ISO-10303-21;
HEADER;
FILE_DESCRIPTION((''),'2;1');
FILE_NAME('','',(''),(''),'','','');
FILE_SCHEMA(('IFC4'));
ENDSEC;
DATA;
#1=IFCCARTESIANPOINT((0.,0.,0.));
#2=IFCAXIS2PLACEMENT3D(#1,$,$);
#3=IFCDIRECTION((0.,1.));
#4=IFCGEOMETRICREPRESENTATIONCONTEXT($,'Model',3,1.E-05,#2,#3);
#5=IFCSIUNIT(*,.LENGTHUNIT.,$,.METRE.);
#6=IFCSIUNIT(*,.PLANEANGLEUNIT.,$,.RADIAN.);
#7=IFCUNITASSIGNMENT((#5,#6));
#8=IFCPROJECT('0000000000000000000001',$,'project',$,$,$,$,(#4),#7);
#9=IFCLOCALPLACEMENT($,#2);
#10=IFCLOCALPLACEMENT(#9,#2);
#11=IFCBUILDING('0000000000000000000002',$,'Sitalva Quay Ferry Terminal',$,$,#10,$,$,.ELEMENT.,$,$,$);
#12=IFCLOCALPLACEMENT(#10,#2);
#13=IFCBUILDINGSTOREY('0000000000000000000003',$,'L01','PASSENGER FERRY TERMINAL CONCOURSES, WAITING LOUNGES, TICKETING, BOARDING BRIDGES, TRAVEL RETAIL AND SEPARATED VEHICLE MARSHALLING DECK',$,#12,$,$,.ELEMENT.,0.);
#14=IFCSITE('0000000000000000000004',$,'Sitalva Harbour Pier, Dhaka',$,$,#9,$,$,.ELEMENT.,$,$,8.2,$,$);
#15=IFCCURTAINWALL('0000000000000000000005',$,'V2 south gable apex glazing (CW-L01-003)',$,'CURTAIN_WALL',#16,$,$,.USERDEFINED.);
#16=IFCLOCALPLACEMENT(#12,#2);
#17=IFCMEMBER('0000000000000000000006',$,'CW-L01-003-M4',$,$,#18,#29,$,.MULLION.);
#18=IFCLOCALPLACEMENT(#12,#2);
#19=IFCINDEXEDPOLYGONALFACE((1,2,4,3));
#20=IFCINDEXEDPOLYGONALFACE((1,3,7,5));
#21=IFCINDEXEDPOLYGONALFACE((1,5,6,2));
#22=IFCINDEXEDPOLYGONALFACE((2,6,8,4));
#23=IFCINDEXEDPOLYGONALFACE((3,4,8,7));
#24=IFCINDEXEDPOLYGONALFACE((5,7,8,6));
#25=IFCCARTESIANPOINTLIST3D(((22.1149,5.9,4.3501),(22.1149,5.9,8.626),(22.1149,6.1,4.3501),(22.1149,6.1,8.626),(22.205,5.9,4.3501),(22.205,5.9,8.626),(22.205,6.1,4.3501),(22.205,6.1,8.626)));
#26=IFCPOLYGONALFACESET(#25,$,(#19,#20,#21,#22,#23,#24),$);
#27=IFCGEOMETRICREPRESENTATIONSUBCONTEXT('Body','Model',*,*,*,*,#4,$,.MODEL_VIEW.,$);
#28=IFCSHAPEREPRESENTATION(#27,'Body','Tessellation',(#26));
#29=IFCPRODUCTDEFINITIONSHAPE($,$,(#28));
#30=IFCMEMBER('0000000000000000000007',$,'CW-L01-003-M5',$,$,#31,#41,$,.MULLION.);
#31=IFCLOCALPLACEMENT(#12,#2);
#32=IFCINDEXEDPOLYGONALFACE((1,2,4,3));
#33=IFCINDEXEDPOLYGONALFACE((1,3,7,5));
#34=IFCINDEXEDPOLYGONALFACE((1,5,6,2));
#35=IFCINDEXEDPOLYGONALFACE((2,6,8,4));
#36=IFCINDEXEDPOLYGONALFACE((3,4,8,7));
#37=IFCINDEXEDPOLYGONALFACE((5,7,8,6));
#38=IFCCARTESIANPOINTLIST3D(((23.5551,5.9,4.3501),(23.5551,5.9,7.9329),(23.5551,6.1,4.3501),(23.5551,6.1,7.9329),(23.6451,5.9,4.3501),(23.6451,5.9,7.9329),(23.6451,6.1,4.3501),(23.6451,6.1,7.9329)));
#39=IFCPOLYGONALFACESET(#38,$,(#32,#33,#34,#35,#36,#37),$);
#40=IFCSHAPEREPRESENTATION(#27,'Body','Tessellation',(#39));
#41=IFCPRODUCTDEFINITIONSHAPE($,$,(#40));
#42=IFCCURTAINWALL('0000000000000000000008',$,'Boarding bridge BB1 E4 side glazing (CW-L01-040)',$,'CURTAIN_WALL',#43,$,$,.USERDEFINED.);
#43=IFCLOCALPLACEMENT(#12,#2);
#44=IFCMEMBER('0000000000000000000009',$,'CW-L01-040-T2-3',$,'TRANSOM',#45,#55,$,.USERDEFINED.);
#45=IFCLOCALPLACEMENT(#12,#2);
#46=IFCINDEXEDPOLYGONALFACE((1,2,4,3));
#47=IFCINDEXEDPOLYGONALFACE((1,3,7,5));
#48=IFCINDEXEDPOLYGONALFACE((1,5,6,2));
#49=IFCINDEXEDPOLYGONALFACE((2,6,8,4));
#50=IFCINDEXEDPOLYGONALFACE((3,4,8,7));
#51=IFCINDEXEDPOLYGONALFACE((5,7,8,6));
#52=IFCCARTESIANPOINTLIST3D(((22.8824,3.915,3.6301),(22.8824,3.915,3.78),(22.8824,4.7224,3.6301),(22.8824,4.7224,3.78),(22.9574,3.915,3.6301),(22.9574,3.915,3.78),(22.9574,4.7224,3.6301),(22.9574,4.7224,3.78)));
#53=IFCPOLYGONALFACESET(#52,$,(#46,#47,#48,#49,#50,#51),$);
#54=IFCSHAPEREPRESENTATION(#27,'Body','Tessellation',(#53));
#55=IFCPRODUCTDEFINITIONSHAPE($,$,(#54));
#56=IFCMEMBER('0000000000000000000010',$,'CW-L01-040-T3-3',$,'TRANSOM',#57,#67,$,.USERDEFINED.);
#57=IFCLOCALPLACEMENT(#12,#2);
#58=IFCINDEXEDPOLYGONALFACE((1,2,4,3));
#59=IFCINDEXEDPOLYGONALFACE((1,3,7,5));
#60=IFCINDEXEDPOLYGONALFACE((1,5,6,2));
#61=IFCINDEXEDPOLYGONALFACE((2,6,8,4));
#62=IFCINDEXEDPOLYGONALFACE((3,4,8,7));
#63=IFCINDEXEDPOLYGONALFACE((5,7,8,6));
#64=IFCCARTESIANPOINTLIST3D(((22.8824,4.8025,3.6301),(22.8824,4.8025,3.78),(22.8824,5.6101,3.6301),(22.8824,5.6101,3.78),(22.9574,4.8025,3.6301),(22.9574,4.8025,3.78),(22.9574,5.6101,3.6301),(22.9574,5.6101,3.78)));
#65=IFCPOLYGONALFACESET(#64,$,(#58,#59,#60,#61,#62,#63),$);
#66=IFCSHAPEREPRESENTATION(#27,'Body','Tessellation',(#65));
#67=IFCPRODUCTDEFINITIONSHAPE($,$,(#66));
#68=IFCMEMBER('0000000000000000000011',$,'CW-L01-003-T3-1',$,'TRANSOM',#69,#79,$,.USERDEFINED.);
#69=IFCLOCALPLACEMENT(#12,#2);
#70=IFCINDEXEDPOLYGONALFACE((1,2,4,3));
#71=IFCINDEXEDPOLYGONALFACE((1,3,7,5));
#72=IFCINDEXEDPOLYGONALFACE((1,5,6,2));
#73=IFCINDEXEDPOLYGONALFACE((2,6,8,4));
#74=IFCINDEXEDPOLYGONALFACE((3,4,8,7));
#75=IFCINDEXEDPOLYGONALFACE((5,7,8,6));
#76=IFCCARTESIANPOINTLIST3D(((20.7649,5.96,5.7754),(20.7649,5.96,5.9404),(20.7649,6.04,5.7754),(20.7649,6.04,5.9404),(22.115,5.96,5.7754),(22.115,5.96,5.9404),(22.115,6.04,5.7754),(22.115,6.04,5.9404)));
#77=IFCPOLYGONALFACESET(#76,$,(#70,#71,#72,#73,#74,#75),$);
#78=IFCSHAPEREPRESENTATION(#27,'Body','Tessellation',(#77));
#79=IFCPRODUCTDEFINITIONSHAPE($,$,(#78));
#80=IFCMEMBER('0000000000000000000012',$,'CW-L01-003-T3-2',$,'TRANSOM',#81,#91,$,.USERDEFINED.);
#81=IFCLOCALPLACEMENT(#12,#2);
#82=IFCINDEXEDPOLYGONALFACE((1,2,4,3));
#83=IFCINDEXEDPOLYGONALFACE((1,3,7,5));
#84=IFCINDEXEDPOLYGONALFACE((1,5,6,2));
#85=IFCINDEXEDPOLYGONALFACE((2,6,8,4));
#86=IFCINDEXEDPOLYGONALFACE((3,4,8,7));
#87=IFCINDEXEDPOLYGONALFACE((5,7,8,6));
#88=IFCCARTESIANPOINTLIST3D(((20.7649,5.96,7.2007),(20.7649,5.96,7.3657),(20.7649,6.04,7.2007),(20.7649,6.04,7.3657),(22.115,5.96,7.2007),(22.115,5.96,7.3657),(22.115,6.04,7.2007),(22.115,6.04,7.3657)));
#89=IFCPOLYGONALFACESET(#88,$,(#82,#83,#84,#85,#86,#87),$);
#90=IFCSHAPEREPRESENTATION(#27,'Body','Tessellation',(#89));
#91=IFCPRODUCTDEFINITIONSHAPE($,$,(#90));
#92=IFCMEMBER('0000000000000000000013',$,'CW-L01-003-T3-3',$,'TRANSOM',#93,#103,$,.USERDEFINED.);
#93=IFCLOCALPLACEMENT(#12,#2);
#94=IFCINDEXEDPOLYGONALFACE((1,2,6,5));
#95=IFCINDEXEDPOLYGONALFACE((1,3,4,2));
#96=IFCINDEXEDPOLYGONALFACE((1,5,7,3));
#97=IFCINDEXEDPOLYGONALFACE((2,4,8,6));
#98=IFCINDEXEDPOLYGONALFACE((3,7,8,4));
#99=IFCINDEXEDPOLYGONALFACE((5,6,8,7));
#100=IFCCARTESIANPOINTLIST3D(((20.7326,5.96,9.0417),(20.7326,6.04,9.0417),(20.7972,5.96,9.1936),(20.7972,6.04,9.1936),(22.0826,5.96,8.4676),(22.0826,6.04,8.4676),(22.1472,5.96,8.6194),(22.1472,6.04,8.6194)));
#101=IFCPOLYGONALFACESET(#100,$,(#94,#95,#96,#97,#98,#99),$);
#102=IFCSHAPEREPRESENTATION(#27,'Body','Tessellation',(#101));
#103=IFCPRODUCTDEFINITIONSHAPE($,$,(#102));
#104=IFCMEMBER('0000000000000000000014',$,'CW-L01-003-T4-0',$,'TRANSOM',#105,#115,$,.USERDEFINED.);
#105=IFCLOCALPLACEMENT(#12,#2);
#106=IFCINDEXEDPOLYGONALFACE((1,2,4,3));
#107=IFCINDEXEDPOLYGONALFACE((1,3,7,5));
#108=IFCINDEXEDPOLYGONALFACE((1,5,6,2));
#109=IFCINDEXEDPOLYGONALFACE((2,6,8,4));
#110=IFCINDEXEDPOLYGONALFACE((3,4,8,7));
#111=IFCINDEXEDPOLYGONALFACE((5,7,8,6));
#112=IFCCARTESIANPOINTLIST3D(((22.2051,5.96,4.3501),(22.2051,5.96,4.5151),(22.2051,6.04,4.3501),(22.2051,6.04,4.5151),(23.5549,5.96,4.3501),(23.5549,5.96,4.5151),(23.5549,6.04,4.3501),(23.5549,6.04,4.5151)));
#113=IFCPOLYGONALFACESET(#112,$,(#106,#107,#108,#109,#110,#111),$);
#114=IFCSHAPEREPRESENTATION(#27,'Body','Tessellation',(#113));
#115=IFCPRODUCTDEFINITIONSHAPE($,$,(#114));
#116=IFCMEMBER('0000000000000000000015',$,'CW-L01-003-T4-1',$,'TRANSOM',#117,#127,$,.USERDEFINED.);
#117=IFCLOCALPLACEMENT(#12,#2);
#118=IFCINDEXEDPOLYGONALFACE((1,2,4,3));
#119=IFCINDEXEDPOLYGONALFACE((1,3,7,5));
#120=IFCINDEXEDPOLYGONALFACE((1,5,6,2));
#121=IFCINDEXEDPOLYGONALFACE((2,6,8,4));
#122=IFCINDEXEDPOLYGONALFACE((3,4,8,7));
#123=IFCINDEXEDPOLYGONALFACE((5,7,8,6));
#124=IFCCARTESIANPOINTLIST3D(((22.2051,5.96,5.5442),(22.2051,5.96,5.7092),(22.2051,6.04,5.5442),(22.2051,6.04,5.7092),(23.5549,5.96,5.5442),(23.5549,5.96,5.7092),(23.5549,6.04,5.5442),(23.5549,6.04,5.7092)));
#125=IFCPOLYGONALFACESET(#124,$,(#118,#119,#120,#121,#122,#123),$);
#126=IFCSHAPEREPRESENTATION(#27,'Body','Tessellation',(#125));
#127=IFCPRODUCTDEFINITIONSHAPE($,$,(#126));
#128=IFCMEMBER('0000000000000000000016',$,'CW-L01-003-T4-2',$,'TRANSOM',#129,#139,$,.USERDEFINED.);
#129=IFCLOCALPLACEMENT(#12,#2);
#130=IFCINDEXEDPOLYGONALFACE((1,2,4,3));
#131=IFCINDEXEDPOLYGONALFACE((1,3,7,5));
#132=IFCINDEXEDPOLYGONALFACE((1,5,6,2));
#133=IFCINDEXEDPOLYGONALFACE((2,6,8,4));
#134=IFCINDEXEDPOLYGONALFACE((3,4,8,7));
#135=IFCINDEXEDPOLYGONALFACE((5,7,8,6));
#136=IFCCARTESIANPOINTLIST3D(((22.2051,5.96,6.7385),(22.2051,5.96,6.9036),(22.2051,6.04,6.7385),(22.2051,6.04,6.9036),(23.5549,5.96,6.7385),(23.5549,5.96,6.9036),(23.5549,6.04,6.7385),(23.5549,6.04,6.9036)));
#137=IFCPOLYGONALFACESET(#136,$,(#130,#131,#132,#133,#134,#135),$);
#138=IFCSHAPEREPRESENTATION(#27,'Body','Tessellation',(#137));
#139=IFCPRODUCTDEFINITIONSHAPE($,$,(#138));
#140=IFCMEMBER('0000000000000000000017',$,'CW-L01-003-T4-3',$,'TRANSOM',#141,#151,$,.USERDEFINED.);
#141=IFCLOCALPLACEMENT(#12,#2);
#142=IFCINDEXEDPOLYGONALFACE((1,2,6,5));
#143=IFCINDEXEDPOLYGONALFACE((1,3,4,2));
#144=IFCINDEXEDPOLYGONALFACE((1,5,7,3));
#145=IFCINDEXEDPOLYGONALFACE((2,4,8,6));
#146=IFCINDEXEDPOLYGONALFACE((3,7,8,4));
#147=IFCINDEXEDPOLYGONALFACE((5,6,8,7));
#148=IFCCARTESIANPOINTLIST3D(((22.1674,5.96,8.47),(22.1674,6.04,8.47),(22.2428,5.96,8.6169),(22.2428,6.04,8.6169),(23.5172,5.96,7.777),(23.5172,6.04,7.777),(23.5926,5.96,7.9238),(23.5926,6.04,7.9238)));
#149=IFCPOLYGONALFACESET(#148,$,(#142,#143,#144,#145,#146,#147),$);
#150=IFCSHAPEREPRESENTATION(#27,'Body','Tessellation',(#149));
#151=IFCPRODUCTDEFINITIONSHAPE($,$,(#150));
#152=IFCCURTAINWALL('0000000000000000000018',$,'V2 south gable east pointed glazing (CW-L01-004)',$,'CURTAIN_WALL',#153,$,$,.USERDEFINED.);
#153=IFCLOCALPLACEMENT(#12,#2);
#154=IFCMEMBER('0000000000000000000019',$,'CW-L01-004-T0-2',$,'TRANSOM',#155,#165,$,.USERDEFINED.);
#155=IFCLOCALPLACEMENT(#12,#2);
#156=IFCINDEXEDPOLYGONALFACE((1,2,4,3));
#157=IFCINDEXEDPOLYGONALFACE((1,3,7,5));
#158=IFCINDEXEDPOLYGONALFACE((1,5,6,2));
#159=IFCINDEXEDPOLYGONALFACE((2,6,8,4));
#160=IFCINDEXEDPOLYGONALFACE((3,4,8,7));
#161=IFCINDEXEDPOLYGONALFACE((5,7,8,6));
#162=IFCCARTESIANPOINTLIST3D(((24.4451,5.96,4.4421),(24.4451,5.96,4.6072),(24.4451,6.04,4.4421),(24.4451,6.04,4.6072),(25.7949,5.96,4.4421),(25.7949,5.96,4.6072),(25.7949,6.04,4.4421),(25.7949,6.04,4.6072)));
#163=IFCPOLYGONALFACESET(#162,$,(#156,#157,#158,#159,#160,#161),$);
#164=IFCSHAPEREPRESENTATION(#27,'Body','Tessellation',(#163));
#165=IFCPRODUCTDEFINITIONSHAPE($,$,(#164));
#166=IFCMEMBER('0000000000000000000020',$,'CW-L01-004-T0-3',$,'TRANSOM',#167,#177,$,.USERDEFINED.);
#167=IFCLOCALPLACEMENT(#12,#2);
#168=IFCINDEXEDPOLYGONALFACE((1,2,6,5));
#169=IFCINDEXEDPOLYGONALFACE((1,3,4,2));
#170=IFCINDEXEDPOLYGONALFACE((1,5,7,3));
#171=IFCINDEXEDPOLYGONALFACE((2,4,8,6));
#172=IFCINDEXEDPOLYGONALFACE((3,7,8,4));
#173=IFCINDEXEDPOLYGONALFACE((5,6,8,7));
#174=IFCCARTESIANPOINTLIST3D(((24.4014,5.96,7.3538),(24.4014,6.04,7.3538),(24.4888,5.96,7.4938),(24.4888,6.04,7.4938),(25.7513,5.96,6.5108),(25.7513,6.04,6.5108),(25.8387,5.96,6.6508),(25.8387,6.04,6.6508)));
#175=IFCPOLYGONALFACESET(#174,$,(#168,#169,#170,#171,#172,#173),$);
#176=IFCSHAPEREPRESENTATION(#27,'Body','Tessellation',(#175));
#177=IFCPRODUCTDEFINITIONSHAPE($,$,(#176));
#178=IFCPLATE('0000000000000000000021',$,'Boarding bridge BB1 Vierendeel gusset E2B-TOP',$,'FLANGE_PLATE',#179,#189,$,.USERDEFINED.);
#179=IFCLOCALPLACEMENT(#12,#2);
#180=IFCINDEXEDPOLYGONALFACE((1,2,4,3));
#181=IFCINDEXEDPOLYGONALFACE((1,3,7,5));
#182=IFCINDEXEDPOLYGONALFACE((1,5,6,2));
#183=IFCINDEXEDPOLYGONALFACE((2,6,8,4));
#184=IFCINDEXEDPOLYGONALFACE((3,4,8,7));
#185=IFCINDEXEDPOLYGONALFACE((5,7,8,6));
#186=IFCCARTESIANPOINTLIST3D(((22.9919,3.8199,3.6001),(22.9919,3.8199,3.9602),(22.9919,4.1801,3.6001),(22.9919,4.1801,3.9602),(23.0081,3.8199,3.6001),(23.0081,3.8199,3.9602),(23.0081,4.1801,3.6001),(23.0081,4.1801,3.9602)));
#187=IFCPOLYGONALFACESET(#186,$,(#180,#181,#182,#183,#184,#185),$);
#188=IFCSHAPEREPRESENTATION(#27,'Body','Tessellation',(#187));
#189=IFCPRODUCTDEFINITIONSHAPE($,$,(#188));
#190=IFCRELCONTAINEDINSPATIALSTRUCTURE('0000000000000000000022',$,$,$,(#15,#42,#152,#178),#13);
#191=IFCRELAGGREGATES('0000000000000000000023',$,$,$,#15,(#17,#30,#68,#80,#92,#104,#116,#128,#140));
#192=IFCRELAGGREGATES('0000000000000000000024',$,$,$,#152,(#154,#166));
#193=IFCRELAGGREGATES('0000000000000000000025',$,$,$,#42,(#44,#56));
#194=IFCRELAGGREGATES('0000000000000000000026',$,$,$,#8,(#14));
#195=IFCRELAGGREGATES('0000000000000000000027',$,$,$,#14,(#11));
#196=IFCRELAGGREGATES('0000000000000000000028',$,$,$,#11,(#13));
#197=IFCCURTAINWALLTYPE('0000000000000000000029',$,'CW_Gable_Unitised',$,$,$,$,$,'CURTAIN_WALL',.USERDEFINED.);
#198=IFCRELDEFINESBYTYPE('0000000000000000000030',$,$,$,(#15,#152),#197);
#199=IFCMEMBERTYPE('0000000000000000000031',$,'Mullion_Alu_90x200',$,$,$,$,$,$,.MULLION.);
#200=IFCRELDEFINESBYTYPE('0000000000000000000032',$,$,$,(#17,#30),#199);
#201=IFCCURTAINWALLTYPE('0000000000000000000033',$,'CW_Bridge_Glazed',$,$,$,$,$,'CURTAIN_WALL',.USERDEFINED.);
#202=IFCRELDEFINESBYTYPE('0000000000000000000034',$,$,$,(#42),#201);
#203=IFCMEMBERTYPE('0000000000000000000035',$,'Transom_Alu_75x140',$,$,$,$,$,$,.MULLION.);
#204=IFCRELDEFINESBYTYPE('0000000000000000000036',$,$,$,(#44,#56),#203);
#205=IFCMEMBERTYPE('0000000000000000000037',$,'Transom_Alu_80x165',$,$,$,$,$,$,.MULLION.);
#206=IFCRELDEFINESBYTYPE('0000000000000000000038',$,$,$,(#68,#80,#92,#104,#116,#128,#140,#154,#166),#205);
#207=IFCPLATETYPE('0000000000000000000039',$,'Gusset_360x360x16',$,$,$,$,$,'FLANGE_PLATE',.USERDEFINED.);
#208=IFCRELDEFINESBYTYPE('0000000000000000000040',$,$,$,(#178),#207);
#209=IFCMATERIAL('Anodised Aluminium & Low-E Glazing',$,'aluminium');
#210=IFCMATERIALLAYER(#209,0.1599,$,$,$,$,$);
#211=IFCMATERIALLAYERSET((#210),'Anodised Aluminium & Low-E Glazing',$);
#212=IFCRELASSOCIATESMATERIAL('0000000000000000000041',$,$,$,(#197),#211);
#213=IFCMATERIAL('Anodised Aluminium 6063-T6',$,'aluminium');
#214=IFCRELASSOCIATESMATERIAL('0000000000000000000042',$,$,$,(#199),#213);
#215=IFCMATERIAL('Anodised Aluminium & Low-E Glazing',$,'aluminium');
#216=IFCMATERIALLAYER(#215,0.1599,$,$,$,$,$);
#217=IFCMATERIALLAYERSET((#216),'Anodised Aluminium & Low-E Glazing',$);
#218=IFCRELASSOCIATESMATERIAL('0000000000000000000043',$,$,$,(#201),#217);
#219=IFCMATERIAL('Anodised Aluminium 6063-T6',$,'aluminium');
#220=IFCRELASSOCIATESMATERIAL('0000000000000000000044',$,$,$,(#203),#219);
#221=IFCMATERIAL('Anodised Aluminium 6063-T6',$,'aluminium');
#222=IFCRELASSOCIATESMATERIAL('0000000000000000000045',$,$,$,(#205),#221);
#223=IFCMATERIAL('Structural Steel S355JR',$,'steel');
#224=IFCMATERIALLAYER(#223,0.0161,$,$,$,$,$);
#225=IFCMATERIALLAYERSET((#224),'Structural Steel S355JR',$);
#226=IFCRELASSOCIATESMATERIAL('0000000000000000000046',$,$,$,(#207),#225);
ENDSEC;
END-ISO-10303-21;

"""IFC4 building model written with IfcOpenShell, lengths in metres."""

from ifc_helpers import new_model, si_unit, direction, frame, origin, origin_2d, place, context, subcontext, project, spatial, rectangle, extrude, material, layer, layer_set, material_profile, profile_set, type_object, element, aggregate, save


model = new_model("IFC4")

# Units and contexts
model_context = context("Model", 3, precision=1e-05, world=origin(), true_north=direction((0.0, 1.0)))
body_context = subcontext(model_context, "Body", "Model", "MODEL_VIEW")
ifc_project = project(units=[si_unit("LENGTHUNIT", "METRE"), si_unit("PLANEANGLEUNIT", "RADIAN")], contexts=[model_context])

# Site, building, storey
site_placement = place(None, origin())
site = spatial("IfcSite", under=ifc_project, at=site_placement, Name="Sitalva Harbour Pier, Dhaka", CompositionType="ELEMENT", RefElevation=8.2)
building_placement = place(site_placement, origin())
building = spatial("IfcBuilding", under=site, at=building_placement, Name="Sitalva Quay Ferry Terminal", CompositionType="ELEMENT")
storey_placement = place(building_placement, origin())
storey = spatial("IfcBuildingStorey", under=building, at=storey_placement, Name="L01", Description="PASSENGER FERRY TERMINAL CONCOURSES, WAITING LOUNGES, TICKETING, BOARDING BRIDGES, TRAVEL RETAIL AND SEPARATED VEHICLE MARSHALLING DECK", CompositionType="ELEMENT", Elevation=0.0)

# Curtain walls, members
ifc_material_1 = material(Name="Anodised Aluminium & Low-E Glazing", Category="aluminium")
ifc_layer_1 = layer(ifc_material_1, 0.1599)
ifc_layer_set_1 = layer_set([ifc_layer_1], Name="Anodised Aluminium & Low-E Glazing")
curtain_wall_type_1 = type_object("IfcCurtainWallType", Name="CW_Gable_Unitised", ElementType="CURTAIN_WALL", PredefinedType="USERDEFINED", material=ifc_layer_set_1)
curtain_wall_1_placement = place(storey_placement, origin())
curtain_wall_1 = element("IfcCurtainWall", 1, at=curtain_wall_1_placement, inside=storey, type_object=curtain_wall_type_1, Name="V2 south gable apex glazing (CW-L01-003)", ObjectType="CURTAIN_WALL", PredefinedType="USERDEFINED")
ifc_material_2 = material(Name="Anodised Aluminium 6063-T6", Category="aluminium")
ifc_material_profile_1 = material_profile(ifc_material_2, rectangle(XDim=0.0901, YDim=0.2, at=origin_2d()), Name="ALU90x200")
ifc_profile_set_1 = profile_set([ifc_material_profile_1], Name="Anodised Aluminium 6063-T6")
member_type_1 = type_object("IfcMemberType", Name="Mullion_Alu_90x200", PredefinedType="MULLION", material=ifc_profile_set_1)
member_1_placement = place(storey_placement, frame((22.1599, 6.0, 4.3501), z_axis=(0.0, 0.0, 1.0), x_axis=(1.0, 0.0, 0.0)))
member_1 = element("IfcMember", 2, at=member_1_placement, type_object=member_type_1, Name="CW-L01-003-M4", PredefinedType="MULLION", context=body_context, shape_type="SweptSolid", body=[
    extrude(rectangle(XDim=0.0901, YDim=0.2, at=origin_2d()), origin(), (0.0, 0.0, 1.0), 4.2759),
])
member_2_placement = place(storey_placement, frame((23.6001, 6.0, 4.3501), z_axis=(0.0, 0.0, 1.0), x_axis=(1.0, 0.0, 0.0)))
member_2 = element("IfcMember", 3, at=member_2_placement, type_object=member_type_1, Name="CW-L01-003-M5", PredefinedType="MULLION", context=body_context, shape_type="SweptSolid", body=[
    extrude(rectangle(XDim=0.0901, YDim=0.2, at=origin_2d()), origin(), (0.0, 0.0, 1.0), 3.5828),
])
ifc_material_3 = material(Name="Anodised Aluminium & Low-E Glazing", Category="aluminium")
ifc_layer_2 = layer(ifc_material_3, 0.1599)
ifc_layer_set_2 = layer_set([ifc_layer_2], Name="Anodised Aluminium & Low-E Glazing")
curtain_wall_type_2 = type_object("IfcCurtainWallType", Name="CW_Bridge_Glazed", ElementType="CURTAIN_WALL", PredefinedType="USERDEFINED", material=ifc_layer_set_2)
curtain_wall_2_placement = place(storey_placement, origin())
curtain_wall_2 = element("IfcCurtainWall", 4, at=curtain_wall_2_placement, inside=storey, type_object=curtain_wall_type_2, Name="Boarding bridge BB1 E4 side glazing (CW-L01-040)", ObjectType="CURTAIN_WALL", PredefinedType="USERDEFINED")
ifc_material_4 = material(Name="Anodised Aluminium 6063-T6", Category="aluminium")
ifc_material_profile_2 = material_profile(ifc_material_4, rectangle(XDim=0.075, YDim=0.1499, at=origin_2d()), Name="ALU75x150")
ifc_profile_set_2 = profile_set([ifc_material_profile_2], Name="Anodised Aluminium 6063-T6")
member_type_2 = type_object("IfcMemberType", Name="Transom_Alu_75x140", PredefinedType="MULLION", material=ifc_profile_set_2)
member_3_placement = place(storey_placement, frame((22.9199, 3.915, 3.7051), z_axis=(0.0, 1.0, 0.0), x_axis=(-1.0, 0.0, 0.0)))
member_3 = element("IfcMember", 5, at=member_3_placement, type_object=member_type_2, Name="CW-L01-040-T2-3", ObjectType="TRANSOM", PredefinedType="USERDEFINED", context=body_context, shape_type="SweptSolid", body=[
    extrude(rectangle(XDim=0.075, YDim=0.1499, at=origin_2d()), origin(), (0.0, 0.0, 1.0), 0.8074),
])
member_4_placement = place(storey_placement, frame((22.9199, 4.8025, 3.7051), z_axis=(0.0, 1.0, 0.0), x_axis=(-1.0, 0.0, 0.0)))
member_4 = element("IfcMember", 6, at=member_4_placement, type_object=member_type_2, Name="CW-L01-040-T3-3", ObjectType="TRANSOM", PredefinedType="USERDEFINED", context=body_context, shape_type="SweptSolid", body=[
    extrude(rectangle(XDim=0.075, YDim=0.1499, at=origin_2d()), origin(), (0.0, 0.0, 1.0), 0.8076),
])

# Members
ifc_material_5 = material(Name="Anodised Aluminium 6063-T6", Category="aluminium")
ifc_material_profile_3 = material_profile(ifc_material_5, rectangle(XDim=0.0801, YDim=0.165, at=origin_2d()), Name="ALU80x165")
ifc_profile_set_3 = profile_set([ifc_material_profile_3], Name="Anodised Aluminium 6063-T6")
member_type_3 = type_object("IfcMemberType", Name="Transom_Alu_80x165", PredefinedType="MULLION", material=ifc_profile_set_3)
member_5_placement = place(storey_placement, frame((20.7649, 6.0, 5.8579), z_axis=(1.0, 0.0, 0.0), x_axis=(0.0, 1.0, 0.0)))
member_5 = element("IfcMember", 7, at=member_5_placement, type_object=member_type_3, Name="CW-L01-003-T3-1", ObjectType="TRANSOM", PredefinedType="USERDEFINED", context=body_context, shape_type="SweptSolid", body=[
    extrude(rectangle(XDim=0.0801, YDim=0.165, at=origin_2d()), origin(), (0.0, 0.0, 1.0), 1.3501),
])
member_6_placement = place(storey_placement, frame((20.7649, 6.0, 7.2832), z_axis=(1.0, 0.0, 0.0), x_axis=(0.0, 1.0, 0.0)))
member_6 = element("IfcMember", 8, at=member_6_placement, type_object=member_type_3, Name="CW-L01-003-T3-2", ObjectType="TRANSOM", PredefinedType="USERDEFINED", context=body_context, shape_type="SweptSolid", body=[
    extrude(rectangle(XDim=0.0801, YDim=0.165, at=origin_2d()), origin(), (0.0, 0.0, 1.0), 1.3501),
])
member_7_placement = place(storey_placement, frame((20.7649, 6.0, 9.1177), z_axis=(0.920226, 0.0, -0.391387), x_axis=(0.0, 1.0, 0.0)))
member_7 = element("IfcMember", 9, at=member_7_placement, type_object=member_type_3, Name="CW-L01-003-T3-3", ObjectType="TRANSOM", PredefinedType="USERDEFINED", context=body_context, shape_type="SweptSolid", body=[
    extrude(rectangle(XDim=0.0801, YDim=0.165, at=origin_2d()), origin(), (0.0, 0.0, 1.0), 1.467),
])
member_8_placement = place(storey_placement, frame((22.2051, 6.0, 4.4326), z_axis=(1.0, 0.0, 0.0), x_axis=(0.0, 1.0, 0.0)))
member_8 = element("IfcMember", 10, at=member_8_placement, type_object=member_type_3, Name="CW-L01-003-T4-0", ObjectType="TRANSOM", PredefinedType="USERDEFINED", context=body_context, shape_type="SweptSolid", body=[
    extrude(rectangle(XDim=0.0801, YDim=0.165, at=origin_2d()), origin(), (0.0, 0.0, 1.0), 1.3499),
])
member_9_placement = place(storey_placement, frame((22.2051, 6.0, 5.6267), z_axis=(1.0, 0.0, 0.0), x_axis=(0.0, 1.0, 0.0)))
member_9 = element("IfcMember", 11, at=member_9_placement, type_object=member_type_3, Name="CW-L01-003-T4-1", ObjectType="TRANSOM", PredefinedType="USERDEFINED", context=body_context, shape_type="SweptSolid", body=[
    extrude(rectangle(XDim=0.0801, YDim=0.165, at=origin_2d()), origin(), (0.0, 0.0, 1.0), 1.3499),
])
member_10_placement = place(storey_placement, frame((22.2051, 6.0, 6.821), z_axis=(1.0, 0.0, 0.0), x_axis=(0.0, 1.0, 0.0)))
member_10 = element("IfcMember", 12, at=member_10_placement, type_object=member_type_3, Name="CW-L01-003-T4-2", ObjectType="TRANSOM", PredefinedType="USERDEFINED", context=body_context, shape_type="SweptSolid", body=[
    extrude(rectangle(XDim=0.0801, YDim=0.165, at=origin_2d()), origin(), (0.0, 0.0, 1.0), 1.3499),
])
member_11_placement = place(storey_placement, frame((22.2051, 6.0, 8.5435), z_axis=(0.889581, 0.0, -0.456777), x_axis=(0.0, 1.0, 0.0)))
member_11 = element("IfcMember", 13, at=member_11_placement, type_object=member_type_3, Name="CW-L01-003-T4-3", ObjectType="TRANSOM", PredefinedType="USERDEFINED", context=body_context, shape_type="SweptSolid", body=[
    extrude(rectangle(XDim=0.0801, YDim=0.165, at=origin_2d()), origin(), (0.0, 0.0, 1.0), 1.5173),
])

# Curtain wall, members
curtain_wall_3_placement = place(storey_placement, origin())
curtain_wall_3 = element("IfcCurtainWall", 14, at=curtain_wall_3_placement, inside=storey, type_object=curtain_wall_type_1, Name="V2 south gable east pointed glazing (CW-L01-004)", ObjectType="CURTAIN_WALL", PredefinedType="USERDEFINED")
member_12_placement = place(storey_placement, frame((24.4451, 6.0, 4.5247), z_axis=(1.0, 0.0, 0.0), x_axis=(0.0, 1.0, 0.0)))
member_12 = element("IfcMember", 15, at=member_12_placement, type_object=member_type_3, Name="CW-L01-004-T0-2", ObjectType="TRANSOM", PredefinedType="USERDEFINED", context=body_context, shape_type="SweptSolid", body=[
    extrude(rectangle(XDim=0.0801, YDim=0.165, at=origin_2d()), origin(), (0.0, 0.0, 1.0), 1.3499),
])
member_13_placement = place(storey_placement, frame((24.4451, 6.0, 7.4238), z_axis=(0.848179, 0.0, -0.529709), x_axis=(0.0, 1.0, 0.0)))
member_13 = element("IfcMember", 16, at=member_13_placement, type_object=member_type_3, Name="CW-L01-004-T0-3", ObjectType="TRANSOM", PredefinedType="USERDEFINED", context=body_context, shape_type="SweptSolid", body=[
    extrude(rectangle(XDim=0.0801, YDim=0.165, at=origin_2d()), origin(), (0.0, 0.0, 1.0), 1.5916),
])

# Plate
ifc_material_6 = material(Name="Structural Steel S355JR", Category="steel")
ifc_layer_3 = layer(ifc_material_6, 0.0161)
ifc_layer_set_3 = layer_set([ifc_layer_3], Name="Structural Steel S355JR")
plate_type_1 = type_object("IfcPlateType", Name="Gusset_360x360x16", ElementType="FLANGE_PLATE", PredefinedType="USERDEFINED", material=ifc_layer_set_3)
plate_1_placement = place(storey_placement, frame((23.0, 4.0, 3.6001), z_axis=(0.0, 0.0, 1.0), x_axis=(1.0, 0.0, 0.0)))
element("IfcPlate", 17, at=plate_1_placement, inside=storey, type_object=plate_type_1, Name="Boarding bridge BB1 Vierendeel gusset E2B-TOP", ObjectType="FLANGE_PLATE", PredefinedType="USERDEFINED", context=body_context, shape_type="SweptSolid", body=[
    extrude(rectangle(XDim=0.0161, YDim=0.3601, at=origin_2d()), origin(), (0.0, 0.0, 1.0), 0.3601),
])
aggregate(curtain_wall_1, [member_1, member_2, member_5, member_6, member_7, member_8, member_9, member_10, member_11])
aggregate(curtain_wall_3, [member_12, member_13])
aggregate(curtain_wall_2, [member_3, member_4])

save(model, "model.ifc")
